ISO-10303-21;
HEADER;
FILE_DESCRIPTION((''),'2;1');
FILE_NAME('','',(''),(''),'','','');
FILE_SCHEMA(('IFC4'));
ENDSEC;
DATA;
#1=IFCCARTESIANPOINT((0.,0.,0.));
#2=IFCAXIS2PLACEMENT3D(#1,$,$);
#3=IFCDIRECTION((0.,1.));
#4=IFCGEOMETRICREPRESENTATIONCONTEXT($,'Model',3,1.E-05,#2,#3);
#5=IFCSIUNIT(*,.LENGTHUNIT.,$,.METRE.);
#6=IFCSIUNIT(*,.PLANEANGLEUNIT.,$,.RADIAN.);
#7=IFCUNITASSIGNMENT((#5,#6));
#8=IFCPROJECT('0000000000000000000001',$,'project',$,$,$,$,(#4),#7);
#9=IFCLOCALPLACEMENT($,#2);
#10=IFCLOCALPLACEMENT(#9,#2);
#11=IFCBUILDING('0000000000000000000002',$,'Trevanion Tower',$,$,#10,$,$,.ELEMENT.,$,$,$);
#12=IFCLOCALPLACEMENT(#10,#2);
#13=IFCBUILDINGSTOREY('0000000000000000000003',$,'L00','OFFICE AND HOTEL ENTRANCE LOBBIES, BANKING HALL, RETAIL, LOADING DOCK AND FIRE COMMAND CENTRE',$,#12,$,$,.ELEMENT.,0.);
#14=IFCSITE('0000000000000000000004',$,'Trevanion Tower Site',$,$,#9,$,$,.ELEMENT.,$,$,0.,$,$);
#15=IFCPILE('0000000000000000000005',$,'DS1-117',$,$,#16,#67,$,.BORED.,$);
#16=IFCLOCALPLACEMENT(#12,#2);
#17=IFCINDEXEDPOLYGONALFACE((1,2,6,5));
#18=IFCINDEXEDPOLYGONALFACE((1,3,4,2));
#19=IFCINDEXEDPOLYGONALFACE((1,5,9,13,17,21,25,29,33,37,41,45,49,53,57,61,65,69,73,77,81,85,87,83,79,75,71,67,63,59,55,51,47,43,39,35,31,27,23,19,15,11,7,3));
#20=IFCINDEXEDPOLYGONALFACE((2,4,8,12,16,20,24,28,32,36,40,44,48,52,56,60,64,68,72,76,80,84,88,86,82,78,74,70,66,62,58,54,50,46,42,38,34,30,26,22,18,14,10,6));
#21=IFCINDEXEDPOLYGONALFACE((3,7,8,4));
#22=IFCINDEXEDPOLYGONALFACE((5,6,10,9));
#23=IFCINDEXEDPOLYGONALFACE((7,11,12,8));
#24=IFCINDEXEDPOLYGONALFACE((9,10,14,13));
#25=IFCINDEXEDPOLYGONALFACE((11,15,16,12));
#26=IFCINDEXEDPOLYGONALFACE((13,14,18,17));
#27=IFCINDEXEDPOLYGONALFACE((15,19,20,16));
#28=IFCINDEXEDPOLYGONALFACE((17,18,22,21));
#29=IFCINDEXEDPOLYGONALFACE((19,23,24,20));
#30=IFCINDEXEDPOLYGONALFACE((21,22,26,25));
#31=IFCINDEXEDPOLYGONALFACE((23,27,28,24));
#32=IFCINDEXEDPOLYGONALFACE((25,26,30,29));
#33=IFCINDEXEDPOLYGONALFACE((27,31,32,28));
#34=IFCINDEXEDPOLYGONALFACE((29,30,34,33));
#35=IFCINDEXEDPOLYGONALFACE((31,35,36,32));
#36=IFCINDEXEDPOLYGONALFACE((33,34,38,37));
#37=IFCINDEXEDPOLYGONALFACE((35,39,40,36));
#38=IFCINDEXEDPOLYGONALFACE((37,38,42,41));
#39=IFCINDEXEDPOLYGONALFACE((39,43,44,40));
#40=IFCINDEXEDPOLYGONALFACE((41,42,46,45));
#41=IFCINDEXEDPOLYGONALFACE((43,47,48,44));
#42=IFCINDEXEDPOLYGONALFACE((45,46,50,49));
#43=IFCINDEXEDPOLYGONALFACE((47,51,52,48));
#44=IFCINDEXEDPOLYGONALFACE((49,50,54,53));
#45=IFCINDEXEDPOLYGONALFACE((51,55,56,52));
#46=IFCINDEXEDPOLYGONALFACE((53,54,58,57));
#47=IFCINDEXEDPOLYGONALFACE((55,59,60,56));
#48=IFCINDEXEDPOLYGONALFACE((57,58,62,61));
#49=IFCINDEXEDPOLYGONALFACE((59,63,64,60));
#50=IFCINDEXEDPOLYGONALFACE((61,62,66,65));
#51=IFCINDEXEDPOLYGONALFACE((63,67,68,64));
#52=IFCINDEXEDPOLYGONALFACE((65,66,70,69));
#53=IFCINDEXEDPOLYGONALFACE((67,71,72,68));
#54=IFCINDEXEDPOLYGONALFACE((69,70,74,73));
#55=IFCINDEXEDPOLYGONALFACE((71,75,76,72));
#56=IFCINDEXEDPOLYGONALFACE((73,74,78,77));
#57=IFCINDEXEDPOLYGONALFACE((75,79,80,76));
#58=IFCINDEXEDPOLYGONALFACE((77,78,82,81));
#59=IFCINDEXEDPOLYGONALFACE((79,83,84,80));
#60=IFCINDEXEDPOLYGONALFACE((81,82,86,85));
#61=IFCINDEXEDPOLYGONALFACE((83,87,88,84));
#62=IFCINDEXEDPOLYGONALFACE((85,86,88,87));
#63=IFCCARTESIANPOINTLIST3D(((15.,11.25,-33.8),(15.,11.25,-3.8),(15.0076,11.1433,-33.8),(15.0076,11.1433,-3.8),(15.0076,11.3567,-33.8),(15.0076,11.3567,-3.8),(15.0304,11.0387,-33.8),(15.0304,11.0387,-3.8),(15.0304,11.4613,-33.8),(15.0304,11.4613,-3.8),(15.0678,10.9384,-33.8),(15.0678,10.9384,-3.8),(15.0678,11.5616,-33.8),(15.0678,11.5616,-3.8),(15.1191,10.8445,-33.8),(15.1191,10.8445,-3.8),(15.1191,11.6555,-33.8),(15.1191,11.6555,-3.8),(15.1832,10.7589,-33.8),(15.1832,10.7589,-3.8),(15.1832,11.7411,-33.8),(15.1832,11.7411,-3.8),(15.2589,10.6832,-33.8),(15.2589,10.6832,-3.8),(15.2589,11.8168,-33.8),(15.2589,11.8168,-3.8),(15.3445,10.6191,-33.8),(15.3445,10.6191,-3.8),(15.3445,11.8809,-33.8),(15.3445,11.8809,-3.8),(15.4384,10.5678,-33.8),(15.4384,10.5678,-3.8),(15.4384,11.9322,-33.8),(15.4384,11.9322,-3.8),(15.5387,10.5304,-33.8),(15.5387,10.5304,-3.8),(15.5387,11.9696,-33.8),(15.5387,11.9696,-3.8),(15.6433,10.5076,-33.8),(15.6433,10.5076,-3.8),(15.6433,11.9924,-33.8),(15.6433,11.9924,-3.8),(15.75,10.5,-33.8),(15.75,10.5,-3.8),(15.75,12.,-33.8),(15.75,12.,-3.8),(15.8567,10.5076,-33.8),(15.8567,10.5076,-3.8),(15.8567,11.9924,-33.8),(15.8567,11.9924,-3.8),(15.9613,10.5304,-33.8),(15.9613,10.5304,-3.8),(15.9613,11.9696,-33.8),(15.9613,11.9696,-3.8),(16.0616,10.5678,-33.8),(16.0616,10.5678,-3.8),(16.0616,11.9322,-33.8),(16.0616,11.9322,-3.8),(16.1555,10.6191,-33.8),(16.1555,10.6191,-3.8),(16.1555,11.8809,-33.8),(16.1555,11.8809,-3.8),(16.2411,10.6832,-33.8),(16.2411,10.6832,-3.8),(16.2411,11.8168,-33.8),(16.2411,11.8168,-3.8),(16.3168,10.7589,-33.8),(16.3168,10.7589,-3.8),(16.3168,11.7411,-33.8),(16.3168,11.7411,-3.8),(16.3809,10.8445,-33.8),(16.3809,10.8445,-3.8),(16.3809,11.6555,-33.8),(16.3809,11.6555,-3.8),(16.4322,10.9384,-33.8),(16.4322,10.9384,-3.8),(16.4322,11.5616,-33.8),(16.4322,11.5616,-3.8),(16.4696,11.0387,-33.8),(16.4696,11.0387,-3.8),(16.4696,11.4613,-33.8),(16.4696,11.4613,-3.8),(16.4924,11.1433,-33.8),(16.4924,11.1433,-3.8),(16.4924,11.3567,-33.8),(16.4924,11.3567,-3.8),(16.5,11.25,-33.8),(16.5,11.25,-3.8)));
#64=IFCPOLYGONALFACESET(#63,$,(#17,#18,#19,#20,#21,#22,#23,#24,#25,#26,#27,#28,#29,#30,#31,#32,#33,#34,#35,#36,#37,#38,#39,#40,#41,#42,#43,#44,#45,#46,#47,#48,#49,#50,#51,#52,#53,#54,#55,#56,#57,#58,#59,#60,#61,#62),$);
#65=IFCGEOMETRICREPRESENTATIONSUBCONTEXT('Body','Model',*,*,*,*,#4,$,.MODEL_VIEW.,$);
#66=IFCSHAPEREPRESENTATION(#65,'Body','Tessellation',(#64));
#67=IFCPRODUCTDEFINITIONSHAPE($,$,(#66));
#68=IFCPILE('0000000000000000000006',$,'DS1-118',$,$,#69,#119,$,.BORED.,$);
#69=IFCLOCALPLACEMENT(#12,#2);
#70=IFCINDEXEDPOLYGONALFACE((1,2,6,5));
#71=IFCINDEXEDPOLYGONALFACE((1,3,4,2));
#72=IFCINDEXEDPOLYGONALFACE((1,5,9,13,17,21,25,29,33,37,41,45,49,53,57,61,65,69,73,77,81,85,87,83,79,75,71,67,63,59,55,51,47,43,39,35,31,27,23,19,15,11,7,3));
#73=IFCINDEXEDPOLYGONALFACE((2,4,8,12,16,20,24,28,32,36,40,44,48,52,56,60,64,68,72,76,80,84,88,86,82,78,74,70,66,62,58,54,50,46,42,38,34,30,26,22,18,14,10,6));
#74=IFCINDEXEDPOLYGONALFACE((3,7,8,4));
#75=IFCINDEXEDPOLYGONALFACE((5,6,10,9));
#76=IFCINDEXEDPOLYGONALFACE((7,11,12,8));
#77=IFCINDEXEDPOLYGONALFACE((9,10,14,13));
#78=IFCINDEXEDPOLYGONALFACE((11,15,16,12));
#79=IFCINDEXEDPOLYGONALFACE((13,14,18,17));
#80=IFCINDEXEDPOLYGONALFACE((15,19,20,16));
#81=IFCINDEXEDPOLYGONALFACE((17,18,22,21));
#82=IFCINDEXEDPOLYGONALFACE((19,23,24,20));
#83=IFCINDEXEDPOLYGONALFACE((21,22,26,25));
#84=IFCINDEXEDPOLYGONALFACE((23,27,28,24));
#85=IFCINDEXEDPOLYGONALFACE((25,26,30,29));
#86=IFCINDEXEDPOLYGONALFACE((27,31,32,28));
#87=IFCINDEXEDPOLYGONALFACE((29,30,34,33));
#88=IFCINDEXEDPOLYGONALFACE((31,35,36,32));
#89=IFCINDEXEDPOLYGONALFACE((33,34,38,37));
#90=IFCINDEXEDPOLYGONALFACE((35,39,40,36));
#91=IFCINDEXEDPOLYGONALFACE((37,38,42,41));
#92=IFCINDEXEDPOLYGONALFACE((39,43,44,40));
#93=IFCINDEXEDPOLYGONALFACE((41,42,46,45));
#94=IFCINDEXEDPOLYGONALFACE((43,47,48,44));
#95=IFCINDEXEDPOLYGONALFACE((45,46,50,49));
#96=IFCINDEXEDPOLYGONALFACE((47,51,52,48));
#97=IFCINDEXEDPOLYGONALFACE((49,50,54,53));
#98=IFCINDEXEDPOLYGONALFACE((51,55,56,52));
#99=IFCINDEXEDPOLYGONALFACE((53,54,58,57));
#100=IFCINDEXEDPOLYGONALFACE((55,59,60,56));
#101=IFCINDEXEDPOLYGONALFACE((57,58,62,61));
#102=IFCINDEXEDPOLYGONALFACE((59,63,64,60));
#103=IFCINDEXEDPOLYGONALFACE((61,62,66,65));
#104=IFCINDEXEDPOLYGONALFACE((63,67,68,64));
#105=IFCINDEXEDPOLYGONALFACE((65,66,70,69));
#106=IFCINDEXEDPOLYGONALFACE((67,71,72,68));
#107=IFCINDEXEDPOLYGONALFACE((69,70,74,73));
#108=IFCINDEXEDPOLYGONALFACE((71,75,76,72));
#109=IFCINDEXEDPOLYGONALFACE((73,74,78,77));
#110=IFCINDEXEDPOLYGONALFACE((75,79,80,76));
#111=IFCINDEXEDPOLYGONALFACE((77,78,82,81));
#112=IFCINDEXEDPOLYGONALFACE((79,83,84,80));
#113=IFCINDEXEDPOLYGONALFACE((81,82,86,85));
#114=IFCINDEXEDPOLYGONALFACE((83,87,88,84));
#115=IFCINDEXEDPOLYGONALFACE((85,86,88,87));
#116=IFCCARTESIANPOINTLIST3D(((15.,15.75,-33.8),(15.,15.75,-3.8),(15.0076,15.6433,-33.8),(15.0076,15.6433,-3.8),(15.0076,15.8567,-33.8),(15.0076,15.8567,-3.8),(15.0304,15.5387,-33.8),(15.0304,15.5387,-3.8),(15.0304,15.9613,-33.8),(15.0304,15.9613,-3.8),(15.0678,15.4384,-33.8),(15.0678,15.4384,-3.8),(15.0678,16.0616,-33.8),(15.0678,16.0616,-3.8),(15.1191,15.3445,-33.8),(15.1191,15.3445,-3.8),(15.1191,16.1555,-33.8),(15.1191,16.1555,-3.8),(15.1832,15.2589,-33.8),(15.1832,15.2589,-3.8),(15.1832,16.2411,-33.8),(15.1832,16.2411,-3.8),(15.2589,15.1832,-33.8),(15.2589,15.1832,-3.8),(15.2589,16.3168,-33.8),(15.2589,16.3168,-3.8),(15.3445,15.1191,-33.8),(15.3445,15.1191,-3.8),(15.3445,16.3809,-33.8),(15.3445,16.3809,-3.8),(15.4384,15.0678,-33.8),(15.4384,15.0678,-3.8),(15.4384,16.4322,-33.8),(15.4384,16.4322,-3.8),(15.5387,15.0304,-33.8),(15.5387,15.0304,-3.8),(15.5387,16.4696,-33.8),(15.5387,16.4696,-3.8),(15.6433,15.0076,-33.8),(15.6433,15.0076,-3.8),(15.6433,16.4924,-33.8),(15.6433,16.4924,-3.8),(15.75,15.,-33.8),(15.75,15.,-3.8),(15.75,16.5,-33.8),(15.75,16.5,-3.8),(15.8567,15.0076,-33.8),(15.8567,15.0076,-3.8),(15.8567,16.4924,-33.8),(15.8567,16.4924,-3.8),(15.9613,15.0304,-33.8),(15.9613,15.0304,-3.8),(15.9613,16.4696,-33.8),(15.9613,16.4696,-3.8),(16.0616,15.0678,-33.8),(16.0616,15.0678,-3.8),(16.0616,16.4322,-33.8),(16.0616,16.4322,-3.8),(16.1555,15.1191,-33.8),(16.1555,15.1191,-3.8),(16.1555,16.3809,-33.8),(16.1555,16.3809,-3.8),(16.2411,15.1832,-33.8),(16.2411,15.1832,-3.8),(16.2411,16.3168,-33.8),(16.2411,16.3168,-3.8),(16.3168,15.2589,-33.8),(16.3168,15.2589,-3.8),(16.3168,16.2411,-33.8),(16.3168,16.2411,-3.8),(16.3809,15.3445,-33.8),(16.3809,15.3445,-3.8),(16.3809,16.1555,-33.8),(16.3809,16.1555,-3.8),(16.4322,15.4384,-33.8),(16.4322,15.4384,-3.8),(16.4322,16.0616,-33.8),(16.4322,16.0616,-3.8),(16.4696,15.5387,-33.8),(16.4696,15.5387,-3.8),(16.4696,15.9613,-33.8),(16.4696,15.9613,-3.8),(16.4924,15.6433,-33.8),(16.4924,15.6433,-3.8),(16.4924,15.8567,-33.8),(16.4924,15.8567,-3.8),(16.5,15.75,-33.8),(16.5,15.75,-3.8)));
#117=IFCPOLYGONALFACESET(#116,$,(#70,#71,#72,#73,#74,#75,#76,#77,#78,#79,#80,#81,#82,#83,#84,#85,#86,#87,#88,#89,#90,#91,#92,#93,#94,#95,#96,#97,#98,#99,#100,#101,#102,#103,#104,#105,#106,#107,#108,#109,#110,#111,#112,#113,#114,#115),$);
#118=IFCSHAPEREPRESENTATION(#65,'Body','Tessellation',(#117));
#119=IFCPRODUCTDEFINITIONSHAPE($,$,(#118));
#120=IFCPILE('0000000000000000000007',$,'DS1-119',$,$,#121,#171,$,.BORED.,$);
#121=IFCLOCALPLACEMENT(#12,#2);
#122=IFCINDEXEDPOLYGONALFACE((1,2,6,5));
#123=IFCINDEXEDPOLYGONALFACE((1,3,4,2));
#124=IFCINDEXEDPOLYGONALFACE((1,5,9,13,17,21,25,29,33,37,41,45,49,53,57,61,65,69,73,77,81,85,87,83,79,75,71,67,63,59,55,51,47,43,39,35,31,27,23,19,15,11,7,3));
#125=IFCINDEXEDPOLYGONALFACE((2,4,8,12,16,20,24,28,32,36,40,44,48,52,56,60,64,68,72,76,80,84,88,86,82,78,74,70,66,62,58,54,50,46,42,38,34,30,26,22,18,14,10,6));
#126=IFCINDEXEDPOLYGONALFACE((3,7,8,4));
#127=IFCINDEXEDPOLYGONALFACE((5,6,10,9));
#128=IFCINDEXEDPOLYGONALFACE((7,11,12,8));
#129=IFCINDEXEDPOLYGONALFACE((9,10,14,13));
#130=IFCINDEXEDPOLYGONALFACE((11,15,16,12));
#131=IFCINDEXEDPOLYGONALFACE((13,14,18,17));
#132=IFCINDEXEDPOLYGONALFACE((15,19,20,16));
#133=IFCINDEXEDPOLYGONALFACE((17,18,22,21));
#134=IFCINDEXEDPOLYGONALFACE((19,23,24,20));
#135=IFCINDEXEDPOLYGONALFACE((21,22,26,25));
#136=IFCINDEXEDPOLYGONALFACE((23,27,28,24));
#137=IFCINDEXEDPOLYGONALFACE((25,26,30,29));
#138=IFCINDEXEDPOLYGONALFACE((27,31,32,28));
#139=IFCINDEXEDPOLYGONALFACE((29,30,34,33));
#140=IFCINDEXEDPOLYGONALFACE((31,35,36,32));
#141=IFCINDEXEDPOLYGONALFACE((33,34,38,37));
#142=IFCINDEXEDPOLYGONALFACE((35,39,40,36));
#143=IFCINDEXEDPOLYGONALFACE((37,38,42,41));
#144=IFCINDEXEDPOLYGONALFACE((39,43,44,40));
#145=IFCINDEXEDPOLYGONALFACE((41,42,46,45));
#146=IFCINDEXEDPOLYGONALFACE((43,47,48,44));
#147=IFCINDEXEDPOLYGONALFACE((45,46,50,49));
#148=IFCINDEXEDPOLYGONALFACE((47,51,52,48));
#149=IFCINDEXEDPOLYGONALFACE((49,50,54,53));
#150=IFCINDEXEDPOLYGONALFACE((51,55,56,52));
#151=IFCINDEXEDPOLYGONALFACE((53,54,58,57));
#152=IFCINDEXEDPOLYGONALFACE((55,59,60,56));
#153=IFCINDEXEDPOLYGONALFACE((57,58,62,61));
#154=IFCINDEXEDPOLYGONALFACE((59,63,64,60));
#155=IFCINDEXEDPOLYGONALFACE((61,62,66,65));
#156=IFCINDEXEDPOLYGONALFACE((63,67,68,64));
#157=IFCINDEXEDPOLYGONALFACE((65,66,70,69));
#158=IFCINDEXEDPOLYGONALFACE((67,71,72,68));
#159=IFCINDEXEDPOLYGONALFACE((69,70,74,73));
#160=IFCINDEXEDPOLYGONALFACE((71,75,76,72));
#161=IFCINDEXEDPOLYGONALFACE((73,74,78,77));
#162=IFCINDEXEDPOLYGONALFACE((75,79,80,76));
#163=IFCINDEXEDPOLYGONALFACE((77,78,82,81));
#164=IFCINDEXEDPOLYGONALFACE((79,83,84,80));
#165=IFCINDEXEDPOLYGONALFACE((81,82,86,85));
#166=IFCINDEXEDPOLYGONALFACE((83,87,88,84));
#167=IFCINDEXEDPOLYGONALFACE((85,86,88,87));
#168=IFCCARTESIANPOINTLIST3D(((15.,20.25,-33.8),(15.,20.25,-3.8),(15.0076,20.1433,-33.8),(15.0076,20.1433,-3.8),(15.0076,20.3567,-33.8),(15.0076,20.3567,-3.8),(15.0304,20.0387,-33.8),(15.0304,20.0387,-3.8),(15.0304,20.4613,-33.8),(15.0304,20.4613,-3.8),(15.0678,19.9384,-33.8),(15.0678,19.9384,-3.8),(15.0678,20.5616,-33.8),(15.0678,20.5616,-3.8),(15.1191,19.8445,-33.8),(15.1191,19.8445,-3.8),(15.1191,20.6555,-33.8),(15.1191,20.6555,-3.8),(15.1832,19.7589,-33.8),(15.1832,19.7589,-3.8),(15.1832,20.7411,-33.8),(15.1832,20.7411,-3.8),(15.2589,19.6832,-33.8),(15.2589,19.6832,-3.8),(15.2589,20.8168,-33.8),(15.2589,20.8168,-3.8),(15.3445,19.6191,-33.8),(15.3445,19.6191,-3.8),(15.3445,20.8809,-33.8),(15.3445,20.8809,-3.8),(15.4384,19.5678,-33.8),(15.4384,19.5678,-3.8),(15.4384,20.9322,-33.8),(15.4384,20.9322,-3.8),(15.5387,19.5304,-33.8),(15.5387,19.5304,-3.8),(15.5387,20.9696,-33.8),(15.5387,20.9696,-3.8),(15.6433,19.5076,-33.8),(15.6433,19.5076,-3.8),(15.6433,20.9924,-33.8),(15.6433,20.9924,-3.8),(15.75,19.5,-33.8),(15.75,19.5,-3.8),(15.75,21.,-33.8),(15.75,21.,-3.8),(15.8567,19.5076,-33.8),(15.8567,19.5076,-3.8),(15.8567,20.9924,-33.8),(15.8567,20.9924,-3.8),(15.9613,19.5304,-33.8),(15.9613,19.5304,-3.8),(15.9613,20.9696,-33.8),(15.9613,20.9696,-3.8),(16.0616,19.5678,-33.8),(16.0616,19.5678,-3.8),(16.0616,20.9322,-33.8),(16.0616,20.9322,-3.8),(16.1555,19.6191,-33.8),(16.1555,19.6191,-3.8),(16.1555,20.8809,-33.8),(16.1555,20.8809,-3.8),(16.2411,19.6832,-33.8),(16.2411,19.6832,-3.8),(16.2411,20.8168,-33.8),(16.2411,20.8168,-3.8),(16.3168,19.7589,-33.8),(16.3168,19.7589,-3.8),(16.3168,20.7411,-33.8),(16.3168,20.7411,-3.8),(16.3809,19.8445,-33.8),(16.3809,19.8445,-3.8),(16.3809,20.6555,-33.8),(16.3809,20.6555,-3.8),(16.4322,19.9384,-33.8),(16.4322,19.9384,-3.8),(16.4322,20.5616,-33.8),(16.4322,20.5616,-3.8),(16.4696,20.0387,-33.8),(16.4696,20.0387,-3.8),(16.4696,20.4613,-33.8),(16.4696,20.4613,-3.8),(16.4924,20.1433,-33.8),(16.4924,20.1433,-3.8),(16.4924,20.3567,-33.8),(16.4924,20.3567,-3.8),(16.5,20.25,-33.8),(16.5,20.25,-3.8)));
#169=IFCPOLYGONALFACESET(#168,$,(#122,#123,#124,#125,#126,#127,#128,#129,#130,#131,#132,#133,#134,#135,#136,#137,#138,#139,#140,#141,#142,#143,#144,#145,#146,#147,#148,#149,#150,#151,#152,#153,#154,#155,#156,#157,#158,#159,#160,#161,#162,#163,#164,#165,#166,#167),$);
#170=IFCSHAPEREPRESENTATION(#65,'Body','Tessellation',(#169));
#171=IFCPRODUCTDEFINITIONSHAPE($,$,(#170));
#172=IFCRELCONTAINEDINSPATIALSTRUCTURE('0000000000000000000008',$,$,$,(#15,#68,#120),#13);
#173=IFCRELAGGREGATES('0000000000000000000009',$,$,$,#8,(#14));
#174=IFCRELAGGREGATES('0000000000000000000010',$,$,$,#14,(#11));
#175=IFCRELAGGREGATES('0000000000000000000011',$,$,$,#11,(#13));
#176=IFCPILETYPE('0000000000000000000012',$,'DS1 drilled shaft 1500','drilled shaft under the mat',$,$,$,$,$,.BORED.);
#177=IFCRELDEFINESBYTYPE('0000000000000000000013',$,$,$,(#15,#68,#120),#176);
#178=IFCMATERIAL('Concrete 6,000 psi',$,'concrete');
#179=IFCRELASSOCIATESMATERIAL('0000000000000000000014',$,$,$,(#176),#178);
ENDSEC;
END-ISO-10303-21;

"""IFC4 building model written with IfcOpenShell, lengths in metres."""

from ifc_helpers import new_model, si_unit, direction, frame, origin, origin_2d, place, context, subcontext, project, spatial, circle, extrude, material, material_profile, profile_set, type_object, element, save


model = new_model("IFC4")

# Units and contexts
model_context = context("Model", 3, precision=1e-05, world=origin(), true_north=direction((0.0, 1.0)))
body_context = subcontext(model_context, "Body", "Model", "MODEL_VIEW")
ifc_project = project(units=[si_unit("LENGTHUNIT", "METRE"), si_unit("PLANEANGLEUNIT", "RADIAN")], contexts=[model_context])

# Site, building, storey
site_placement = place(None, origin())
site = spatial("IfcSite", under=ifc_project, at=site_placement, Name="Trevanion Tower Site", CompositionType="ELEMENT", RefElevation=0.0)
building_placement = place(site_placement, origin())
building = spatial("IfcBuilding", under=site, at=building_placement, Name="Trevanion Tower", CompositionType="ELEMENT")
storey_placement = place(building_placement, origin())
storey = spatial("IfcBuildingStorey", under=building, at=storey_placement, Name="L00", Description="OFFICE AND HOTEL ENTRANCE LOBBIES, BANKING HALL, RETAIL, LOADING DOCK AND FIRE COMMAND CENTRE", CompositionType="ELEMENT", Elevation=0.0)

# Piles
ifc_material_1 = material(Name="Concrete 6,000 psi", Category="concrete")
ifc_material_profile_1 = material_profile(ifc_material_1, circle(Radius=0.75, at=origin_2d()), Name="DS1 drilled shaft 1500")
ifc_profile_set_1 = profile_set([ifc_material_profile_1], Name="Concrete 6,000 psi")
pile_type = type_object("IfcPileType", Name="DS1 drilled shaft 1500", Description="drilled shaft under the mat", PredefinedType="BORED", material=ifc_profile_set_1)
for number, where, z_axis, x_axis, name in (
    (1, (15.75, 11.25, -3.8), (0.0, 0.0, -1.0), (1.0, 0.0, 0.0), "DS1-117"),
    (2, (15.75, 15.75, -3.8), (0.0, 0.0, -1.0), (1.0, 0.0, 0.0), "DS1-118"),
    (3, (15.75, 20.25, -3.8), (0.0, 0.0, -1.0), (1.0, 0.0, 0.0), "DS1-119"),
):
    element("IfcPile", number, at=place(storey_placement, frame(where, z_axis=z_axis, x_axis=x_axis)), inside=storey, type_object=pile_type, Name=name, PredefinedType="BORED", context=body_context, shape_type="SweptSolid", body=[
        extrude(circle(Radius=0.75, at=origin_2d()), origin(), (0.0, 0.0, 1.0), 30.0),
    ])

save(model, "model.ifc")
